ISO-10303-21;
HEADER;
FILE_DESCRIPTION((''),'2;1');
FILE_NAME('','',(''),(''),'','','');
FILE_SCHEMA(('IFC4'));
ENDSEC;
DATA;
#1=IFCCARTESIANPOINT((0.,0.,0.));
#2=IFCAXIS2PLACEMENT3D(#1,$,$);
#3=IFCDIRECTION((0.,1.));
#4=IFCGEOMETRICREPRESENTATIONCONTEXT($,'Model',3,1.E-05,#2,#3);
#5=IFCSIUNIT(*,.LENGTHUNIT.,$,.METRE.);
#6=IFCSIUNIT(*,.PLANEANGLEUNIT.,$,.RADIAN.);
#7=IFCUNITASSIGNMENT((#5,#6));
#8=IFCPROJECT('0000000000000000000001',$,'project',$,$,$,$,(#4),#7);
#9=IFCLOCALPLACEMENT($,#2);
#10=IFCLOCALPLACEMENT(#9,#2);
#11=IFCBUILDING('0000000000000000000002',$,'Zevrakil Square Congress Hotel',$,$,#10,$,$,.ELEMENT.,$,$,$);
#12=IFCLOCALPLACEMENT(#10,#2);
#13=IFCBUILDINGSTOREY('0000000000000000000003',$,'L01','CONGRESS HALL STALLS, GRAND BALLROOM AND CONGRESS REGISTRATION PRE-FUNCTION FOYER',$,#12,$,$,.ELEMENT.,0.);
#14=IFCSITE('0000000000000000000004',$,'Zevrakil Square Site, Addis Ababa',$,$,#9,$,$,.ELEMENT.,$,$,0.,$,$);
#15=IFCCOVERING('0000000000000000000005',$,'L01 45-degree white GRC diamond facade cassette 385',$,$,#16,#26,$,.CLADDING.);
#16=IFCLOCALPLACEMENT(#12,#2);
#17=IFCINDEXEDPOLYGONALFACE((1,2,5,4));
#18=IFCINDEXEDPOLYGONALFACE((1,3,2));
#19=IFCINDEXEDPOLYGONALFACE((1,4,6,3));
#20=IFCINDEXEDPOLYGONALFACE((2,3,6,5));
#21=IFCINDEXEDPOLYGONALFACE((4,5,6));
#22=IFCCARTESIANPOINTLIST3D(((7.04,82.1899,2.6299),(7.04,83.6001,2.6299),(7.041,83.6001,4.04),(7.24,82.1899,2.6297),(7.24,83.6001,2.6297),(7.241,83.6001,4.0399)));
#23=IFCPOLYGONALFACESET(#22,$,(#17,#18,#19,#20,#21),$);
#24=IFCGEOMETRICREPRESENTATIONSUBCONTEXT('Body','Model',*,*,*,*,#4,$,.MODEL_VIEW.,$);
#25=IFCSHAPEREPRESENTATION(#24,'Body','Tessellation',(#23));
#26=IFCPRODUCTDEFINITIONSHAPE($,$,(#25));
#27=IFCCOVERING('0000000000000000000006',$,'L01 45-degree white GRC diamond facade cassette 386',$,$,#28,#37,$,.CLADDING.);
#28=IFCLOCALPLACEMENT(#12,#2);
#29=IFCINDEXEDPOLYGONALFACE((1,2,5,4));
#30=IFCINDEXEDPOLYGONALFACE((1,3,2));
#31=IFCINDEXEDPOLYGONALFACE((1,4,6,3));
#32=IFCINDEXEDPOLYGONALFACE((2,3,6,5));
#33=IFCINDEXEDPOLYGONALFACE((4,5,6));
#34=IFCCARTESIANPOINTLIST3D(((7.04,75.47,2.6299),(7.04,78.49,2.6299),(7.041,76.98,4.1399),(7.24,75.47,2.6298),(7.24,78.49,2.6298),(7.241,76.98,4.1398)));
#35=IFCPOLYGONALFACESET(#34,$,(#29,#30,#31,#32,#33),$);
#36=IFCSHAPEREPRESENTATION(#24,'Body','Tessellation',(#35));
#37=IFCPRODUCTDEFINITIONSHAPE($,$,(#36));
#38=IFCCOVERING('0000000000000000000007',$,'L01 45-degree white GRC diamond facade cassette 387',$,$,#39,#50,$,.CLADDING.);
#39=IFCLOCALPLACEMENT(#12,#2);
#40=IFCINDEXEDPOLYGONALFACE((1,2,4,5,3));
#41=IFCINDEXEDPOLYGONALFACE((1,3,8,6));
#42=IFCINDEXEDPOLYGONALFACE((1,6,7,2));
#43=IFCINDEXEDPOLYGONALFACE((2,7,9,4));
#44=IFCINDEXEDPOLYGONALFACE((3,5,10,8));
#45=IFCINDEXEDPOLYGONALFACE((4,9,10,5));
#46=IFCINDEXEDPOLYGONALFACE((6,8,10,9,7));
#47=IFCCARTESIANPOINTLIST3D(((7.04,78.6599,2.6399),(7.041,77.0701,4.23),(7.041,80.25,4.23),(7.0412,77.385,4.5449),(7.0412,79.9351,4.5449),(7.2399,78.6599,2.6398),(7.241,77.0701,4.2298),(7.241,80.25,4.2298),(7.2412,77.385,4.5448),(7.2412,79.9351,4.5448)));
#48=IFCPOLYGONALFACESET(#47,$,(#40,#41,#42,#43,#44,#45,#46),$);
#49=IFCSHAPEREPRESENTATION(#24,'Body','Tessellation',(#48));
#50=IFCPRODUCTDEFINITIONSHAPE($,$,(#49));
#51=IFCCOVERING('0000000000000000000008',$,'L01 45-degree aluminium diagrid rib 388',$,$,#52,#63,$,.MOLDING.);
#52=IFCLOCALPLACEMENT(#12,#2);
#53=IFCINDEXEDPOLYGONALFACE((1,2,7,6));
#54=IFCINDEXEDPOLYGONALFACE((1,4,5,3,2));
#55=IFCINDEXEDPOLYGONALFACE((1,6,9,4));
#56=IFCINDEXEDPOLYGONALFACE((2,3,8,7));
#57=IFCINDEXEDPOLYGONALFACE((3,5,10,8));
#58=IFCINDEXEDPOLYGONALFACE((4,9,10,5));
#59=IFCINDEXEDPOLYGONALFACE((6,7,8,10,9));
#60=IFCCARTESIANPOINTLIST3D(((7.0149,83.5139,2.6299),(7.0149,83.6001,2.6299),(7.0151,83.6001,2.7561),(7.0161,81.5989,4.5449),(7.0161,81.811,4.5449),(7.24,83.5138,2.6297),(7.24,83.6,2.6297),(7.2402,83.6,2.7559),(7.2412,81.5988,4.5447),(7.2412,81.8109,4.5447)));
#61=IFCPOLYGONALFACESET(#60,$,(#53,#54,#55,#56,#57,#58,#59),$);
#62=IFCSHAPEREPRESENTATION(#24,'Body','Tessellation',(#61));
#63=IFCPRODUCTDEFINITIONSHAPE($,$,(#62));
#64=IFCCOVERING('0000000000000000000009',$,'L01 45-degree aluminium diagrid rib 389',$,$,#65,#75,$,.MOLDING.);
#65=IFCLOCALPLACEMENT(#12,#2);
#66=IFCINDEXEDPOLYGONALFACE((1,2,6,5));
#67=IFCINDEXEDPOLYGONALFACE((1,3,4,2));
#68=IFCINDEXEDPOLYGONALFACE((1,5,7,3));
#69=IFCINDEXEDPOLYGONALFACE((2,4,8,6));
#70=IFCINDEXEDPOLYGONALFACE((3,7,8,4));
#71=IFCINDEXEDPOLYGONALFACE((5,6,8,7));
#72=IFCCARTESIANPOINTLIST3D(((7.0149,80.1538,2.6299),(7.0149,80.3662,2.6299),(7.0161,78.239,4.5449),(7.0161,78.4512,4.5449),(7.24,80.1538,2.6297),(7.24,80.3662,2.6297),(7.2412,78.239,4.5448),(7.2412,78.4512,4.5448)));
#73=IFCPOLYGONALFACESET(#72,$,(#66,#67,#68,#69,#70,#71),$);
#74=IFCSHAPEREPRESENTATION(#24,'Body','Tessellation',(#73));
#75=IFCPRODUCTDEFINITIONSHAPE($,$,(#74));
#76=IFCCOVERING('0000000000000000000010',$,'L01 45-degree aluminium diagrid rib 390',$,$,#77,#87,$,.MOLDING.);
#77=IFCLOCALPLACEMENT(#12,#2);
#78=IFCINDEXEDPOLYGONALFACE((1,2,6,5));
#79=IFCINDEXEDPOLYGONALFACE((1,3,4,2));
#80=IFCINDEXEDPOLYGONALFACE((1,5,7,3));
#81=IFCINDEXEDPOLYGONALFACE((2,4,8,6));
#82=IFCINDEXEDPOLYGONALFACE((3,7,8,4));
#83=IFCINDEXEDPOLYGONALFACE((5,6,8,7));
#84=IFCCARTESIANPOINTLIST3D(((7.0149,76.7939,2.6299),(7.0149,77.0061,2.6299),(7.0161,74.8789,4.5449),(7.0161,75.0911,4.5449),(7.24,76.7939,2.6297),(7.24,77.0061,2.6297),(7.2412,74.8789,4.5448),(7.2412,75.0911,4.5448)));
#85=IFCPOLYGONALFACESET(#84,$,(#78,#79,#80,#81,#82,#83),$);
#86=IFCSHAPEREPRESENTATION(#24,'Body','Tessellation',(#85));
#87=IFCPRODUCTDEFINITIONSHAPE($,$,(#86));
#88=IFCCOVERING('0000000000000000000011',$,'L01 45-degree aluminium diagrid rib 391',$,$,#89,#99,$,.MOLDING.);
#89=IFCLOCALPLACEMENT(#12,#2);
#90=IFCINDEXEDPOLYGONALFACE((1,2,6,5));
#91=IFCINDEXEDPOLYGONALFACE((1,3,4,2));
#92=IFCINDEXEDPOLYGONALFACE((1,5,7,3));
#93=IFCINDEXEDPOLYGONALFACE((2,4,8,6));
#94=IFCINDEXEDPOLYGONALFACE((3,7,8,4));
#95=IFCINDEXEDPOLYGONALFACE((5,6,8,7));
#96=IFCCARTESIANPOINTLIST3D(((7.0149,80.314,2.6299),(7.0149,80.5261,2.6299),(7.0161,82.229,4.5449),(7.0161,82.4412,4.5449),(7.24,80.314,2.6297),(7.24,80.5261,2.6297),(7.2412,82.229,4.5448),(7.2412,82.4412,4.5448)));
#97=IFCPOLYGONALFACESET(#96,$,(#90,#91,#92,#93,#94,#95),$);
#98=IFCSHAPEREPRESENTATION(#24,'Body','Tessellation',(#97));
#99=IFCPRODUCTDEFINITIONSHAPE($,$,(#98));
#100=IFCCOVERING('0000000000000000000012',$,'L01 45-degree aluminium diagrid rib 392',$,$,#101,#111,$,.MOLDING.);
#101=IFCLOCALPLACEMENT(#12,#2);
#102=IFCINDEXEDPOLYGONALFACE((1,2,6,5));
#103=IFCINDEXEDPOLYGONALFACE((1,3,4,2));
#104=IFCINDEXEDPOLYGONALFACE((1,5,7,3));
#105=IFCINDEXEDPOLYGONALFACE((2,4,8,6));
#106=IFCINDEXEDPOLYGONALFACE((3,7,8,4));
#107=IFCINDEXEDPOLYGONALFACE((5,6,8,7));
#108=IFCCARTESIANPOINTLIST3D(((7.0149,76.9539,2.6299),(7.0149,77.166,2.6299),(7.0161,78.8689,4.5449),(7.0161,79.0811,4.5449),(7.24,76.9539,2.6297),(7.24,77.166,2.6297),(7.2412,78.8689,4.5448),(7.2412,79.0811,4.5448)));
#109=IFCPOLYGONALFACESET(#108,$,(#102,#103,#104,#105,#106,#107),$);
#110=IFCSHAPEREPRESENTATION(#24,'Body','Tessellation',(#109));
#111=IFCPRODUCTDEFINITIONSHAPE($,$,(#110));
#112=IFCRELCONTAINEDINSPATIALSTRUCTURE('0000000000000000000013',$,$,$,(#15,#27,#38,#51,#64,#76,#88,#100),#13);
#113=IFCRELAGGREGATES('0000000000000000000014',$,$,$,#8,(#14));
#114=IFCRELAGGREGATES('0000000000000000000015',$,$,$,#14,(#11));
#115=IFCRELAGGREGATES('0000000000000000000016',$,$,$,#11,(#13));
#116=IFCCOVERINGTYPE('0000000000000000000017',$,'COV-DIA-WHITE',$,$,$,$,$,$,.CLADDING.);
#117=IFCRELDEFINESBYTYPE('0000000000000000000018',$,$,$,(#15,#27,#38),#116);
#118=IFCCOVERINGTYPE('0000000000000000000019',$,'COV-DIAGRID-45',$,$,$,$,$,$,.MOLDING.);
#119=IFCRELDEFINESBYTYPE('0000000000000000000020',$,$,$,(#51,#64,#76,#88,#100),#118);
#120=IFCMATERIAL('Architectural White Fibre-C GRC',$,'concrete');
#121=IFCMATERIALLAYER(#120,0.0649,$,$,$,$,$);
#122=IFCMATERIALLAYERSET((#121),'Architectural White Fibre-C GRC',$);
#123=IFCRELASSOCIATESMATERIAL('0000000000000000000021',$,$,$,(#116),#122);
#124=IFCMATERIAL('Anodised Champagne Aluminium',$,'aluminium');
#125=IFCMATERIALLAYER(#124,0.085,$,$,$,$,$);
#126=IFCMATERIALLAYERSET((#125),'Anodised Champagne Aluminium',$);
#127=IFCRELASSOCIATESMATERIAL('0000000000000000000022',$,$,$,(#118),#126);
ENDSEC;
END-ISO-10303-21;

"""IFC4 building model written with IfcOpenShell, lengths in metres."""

from ifc_helpers import new_model, si_unit, direction, frame, origin, place, context, subcontext, project, spatial, polyline, outline, extrude, material, layer, layer_set, type_object, element, save


model = new_model("IFC4")

# Units and contexts
model_context = context("Model", 3, precision=1e-05, world=origin(), true_north=direction((0.0, 1.0)))
body_context = subcontext(model_context, "Body", "Model", "MODEL_VIEW")
ifc_project = project(units=[si_unit("LENGTHUNIT", "METRE"), si_unit("PLANEANGLEUNIT", "RADIAN")], contexts=[model_context])

# Site, building, storey
site_placement = place(None, origin())
site = spatial("IfcSite", under=ifc_project, at=site_placement, Name="Zevrakil Square Site, Addis Ababa", CompositionType="ELEMENT", RefElevation=0.0)
building_placement = place(site_placement, origin())
building = spatial("IfcBuilding", under=site, at=building_placement, Name="Zevrakil Square Congress Hotel", CompositionType="ELEMENT")
storey_placement = place(building_placement, origin())
storey = spatial("IfcBuildingStorey", under=building, at=storey_placement, Name="L01", Description="CONGRESS HALL STALLS, GRAND BALLROOM AND CONGRESS REGISTRATION PRE-FUNCTION FOYER", CompositionType="ELEMENT", Elevation=0.0)

# Coverings
ifc_material_1 = material(Name="Architectural White Fibre-C GRC", Category="concrete")
ifc_layer_1 = layer(ifc_material_1, 0.0649)
ifc_layer_set_1 = layer_set([ifc_layer_1], Name="Architectural White Fibre-C GRC")
covering_type_1 = type_object("IfcCoveringType", Name="COV-DIA-WHITE", PredefinedType="CLADDING", material=ifc_layer_set_1)
covering_1_placement = place(storey_placement, frame((7.04, 82.1899, 2.6299), z_axis=(-1.0, 0.0, 0.000693), x_axis=(0.0, 1.0, 0.0)))
element("IfcCovering", 1, at=covering_1_placement, inside=storey, type_object=covering_type_1, Name="L01 45-degree white GRC diamond facade cassette 385", PredefinedType="CLADDING", context=body_context, shape_type="SweptSolid", body=[
    extrude(outline(polyline([(0.0, 0.0), (1.4102, 0.0), (1.4102, -1.4102), (0.0, 0.0)])), origin(), (0.0, 0.0, -1.0), 0.2),
])
covering_2_placement = place(storey_placement, frame((7.041, 76.98, 4.1399), z_axis=(-1.0, 0.0, 0.000647), x_axis=(-0.000457, -0.707107, -0.707107)))
element("IfcCovering", 2, at=covering_2_placement, inside=storey, type_object=covering_type_1, Name="L01 45-degree white GRC diamond facade cassette 386", PredefinedType="CLADDING", context=body_context, shape_type="SweptSolid", body=[
    extrude(outline(polyline([(0.0, 0.0), (2.1355, 0.0), (0.0, -2.1355), (0.0, 0.0)])), origin(), (0.0, 0.0, -1.0), 0.2),
])
covering_3_placement = place(storey_placement, frame((7.041, 77.0701, 4.23), z_axis=(-1.0, 0.0, 0.000657), x_axis=(-0.000464, 0.707052, -0.707161)))
element("IfcCovering", 3, at=covering_3_placement, inside=storey, type_object=covering_type_1, Name="L01 45-degree white GRC diamond facade cassette 387", PredefinedType="CLADDING", context=body_context, shape_type="SweptSolid", body=[
    extrude(outline(polyline([(0.0, 0.0), (2.2486, 0.0), (2.2484, -2.2487), (1.803, -2.2487), (0.0, -0.4454), (0.0, 0.0)])), origin(), (0.0, 0.0, -1.0), 0.2),
])
ifc_material_2 = material(Name="Anodised Champagne Aluminium", Category="aluminium")
ifc_layer_2 = layer(ifc_material_2, 0.085)
ifc_layer_set_2 = layer_set([ifc_layer_2], Name="Anodised Champagne Aluminium")
covering_type_2 = type_object("IfcCoveringType", Name="COV-DIAGRID-45", PredefinedType="MOLDING", material=ifc_layer_set_2)
covering_4_placement = place(storey_placement, frame((7.0149, 83.5139, 2.6299), z_axis=(-0.999999, 0.000393, 0.001005), x_axis=(0.000393, 1.0, 0.0)))
element("IfcCovering", 4, at=covering_4_placement, inside=storey, type_object=covering_type_2, Name="L01 45-degree aluminium diagrid rib 388", PredefinedType="MOLDING", context=body_context, shape_type="SweptSolid", body=[
    extrude(outline(polyline([(0.0, 0.0), (0.0862, 0.0), (0.0862, -0.1262), (-1.7029, -1.915), (-1.915, -1.915), (0.0, 0.0)])), origin(), (0.0, 0.0, -1.0), 0.2251),
])
covering_5_placement = place(storey_placement, frame((7.0149, 80.1538, 2.6299), z_axis=(-1.0, 0.0, 0.000637), x_axis=(0.0, 1.0, 0.0)))
element("IfcCovering", 5, at=covering_5_placement, inside=storey, type_object=covering_type_2, Name="L01 45-degree aluminium diagrid rib 389", PredefinedType="MOLDING", context=body_context, shape_type="SweptSolid", body=[
    extrude(outline(polyline([(0.0, 0.0), (0.2124, 0.0), (-1.7026, -1.915), (-1.9148, -1.915), (0.0, 0.0)])), origin(), (0.0, 0.0, -1.0), 0.2251),
])
covering_6_placement = place(storey_placement, frame((7.0149, 76.7939, 2.6299), z_axis=(-1.0, 0.0, 0.000637), x_axis=(0.0, 1.0, 0.0)))
element("IfcCovering", 6, at=covering_6_placement, inside=storey, type_object=covering_type_2, Name="L01 45-degree aluminium diagrid rib 390", PredefinedType="MOLDING", context=body_context, shape_type="SweptSolid", body=[
    extrude(outline(polyline([(0.0, 0.0), (0.2122, 0.0), (-1.7029, -1.915), (-1.915, -1.915), (0.0, 0.0)])), origin(), (0.0, 0.0, -1.0), 0.2251),
])
for number, where, z_axis, x_axis, name in (
    (7, (7.0161, 82.4412, 4.5449), (-1.0, 0.0, 0.000637), (0.0, -1.0, 0.0), "L01 45-degree aluminium diagrid rib 391"),
    (8, (7.0161, 79.0811, 4.5449), (-1.0, 0.0, 0.000637), (0.0, -1.0, 0.0), "L01 45-degree aluminium diagrid rib 392"),
):
    element("IfcCovering", number, at=place(storey_placement, frame(where, z_axis=z_axis, x_axis=x_axis)), inside=storey, type_object=covering_type_2, Name=name, PredefinedType="MOLDING", context=body_context, shape_type="SweptSolid", body=[
        extrude(outline(polyline([(0.0, 0.0), (0.2122, 0.0), (2.1272, -1.915), (1.915, -1.915), (0.0, 0.0)])), origin(), (0.0, 0.0, -1.0), 0.2251),
    ])

save(model, "model.ifc")
